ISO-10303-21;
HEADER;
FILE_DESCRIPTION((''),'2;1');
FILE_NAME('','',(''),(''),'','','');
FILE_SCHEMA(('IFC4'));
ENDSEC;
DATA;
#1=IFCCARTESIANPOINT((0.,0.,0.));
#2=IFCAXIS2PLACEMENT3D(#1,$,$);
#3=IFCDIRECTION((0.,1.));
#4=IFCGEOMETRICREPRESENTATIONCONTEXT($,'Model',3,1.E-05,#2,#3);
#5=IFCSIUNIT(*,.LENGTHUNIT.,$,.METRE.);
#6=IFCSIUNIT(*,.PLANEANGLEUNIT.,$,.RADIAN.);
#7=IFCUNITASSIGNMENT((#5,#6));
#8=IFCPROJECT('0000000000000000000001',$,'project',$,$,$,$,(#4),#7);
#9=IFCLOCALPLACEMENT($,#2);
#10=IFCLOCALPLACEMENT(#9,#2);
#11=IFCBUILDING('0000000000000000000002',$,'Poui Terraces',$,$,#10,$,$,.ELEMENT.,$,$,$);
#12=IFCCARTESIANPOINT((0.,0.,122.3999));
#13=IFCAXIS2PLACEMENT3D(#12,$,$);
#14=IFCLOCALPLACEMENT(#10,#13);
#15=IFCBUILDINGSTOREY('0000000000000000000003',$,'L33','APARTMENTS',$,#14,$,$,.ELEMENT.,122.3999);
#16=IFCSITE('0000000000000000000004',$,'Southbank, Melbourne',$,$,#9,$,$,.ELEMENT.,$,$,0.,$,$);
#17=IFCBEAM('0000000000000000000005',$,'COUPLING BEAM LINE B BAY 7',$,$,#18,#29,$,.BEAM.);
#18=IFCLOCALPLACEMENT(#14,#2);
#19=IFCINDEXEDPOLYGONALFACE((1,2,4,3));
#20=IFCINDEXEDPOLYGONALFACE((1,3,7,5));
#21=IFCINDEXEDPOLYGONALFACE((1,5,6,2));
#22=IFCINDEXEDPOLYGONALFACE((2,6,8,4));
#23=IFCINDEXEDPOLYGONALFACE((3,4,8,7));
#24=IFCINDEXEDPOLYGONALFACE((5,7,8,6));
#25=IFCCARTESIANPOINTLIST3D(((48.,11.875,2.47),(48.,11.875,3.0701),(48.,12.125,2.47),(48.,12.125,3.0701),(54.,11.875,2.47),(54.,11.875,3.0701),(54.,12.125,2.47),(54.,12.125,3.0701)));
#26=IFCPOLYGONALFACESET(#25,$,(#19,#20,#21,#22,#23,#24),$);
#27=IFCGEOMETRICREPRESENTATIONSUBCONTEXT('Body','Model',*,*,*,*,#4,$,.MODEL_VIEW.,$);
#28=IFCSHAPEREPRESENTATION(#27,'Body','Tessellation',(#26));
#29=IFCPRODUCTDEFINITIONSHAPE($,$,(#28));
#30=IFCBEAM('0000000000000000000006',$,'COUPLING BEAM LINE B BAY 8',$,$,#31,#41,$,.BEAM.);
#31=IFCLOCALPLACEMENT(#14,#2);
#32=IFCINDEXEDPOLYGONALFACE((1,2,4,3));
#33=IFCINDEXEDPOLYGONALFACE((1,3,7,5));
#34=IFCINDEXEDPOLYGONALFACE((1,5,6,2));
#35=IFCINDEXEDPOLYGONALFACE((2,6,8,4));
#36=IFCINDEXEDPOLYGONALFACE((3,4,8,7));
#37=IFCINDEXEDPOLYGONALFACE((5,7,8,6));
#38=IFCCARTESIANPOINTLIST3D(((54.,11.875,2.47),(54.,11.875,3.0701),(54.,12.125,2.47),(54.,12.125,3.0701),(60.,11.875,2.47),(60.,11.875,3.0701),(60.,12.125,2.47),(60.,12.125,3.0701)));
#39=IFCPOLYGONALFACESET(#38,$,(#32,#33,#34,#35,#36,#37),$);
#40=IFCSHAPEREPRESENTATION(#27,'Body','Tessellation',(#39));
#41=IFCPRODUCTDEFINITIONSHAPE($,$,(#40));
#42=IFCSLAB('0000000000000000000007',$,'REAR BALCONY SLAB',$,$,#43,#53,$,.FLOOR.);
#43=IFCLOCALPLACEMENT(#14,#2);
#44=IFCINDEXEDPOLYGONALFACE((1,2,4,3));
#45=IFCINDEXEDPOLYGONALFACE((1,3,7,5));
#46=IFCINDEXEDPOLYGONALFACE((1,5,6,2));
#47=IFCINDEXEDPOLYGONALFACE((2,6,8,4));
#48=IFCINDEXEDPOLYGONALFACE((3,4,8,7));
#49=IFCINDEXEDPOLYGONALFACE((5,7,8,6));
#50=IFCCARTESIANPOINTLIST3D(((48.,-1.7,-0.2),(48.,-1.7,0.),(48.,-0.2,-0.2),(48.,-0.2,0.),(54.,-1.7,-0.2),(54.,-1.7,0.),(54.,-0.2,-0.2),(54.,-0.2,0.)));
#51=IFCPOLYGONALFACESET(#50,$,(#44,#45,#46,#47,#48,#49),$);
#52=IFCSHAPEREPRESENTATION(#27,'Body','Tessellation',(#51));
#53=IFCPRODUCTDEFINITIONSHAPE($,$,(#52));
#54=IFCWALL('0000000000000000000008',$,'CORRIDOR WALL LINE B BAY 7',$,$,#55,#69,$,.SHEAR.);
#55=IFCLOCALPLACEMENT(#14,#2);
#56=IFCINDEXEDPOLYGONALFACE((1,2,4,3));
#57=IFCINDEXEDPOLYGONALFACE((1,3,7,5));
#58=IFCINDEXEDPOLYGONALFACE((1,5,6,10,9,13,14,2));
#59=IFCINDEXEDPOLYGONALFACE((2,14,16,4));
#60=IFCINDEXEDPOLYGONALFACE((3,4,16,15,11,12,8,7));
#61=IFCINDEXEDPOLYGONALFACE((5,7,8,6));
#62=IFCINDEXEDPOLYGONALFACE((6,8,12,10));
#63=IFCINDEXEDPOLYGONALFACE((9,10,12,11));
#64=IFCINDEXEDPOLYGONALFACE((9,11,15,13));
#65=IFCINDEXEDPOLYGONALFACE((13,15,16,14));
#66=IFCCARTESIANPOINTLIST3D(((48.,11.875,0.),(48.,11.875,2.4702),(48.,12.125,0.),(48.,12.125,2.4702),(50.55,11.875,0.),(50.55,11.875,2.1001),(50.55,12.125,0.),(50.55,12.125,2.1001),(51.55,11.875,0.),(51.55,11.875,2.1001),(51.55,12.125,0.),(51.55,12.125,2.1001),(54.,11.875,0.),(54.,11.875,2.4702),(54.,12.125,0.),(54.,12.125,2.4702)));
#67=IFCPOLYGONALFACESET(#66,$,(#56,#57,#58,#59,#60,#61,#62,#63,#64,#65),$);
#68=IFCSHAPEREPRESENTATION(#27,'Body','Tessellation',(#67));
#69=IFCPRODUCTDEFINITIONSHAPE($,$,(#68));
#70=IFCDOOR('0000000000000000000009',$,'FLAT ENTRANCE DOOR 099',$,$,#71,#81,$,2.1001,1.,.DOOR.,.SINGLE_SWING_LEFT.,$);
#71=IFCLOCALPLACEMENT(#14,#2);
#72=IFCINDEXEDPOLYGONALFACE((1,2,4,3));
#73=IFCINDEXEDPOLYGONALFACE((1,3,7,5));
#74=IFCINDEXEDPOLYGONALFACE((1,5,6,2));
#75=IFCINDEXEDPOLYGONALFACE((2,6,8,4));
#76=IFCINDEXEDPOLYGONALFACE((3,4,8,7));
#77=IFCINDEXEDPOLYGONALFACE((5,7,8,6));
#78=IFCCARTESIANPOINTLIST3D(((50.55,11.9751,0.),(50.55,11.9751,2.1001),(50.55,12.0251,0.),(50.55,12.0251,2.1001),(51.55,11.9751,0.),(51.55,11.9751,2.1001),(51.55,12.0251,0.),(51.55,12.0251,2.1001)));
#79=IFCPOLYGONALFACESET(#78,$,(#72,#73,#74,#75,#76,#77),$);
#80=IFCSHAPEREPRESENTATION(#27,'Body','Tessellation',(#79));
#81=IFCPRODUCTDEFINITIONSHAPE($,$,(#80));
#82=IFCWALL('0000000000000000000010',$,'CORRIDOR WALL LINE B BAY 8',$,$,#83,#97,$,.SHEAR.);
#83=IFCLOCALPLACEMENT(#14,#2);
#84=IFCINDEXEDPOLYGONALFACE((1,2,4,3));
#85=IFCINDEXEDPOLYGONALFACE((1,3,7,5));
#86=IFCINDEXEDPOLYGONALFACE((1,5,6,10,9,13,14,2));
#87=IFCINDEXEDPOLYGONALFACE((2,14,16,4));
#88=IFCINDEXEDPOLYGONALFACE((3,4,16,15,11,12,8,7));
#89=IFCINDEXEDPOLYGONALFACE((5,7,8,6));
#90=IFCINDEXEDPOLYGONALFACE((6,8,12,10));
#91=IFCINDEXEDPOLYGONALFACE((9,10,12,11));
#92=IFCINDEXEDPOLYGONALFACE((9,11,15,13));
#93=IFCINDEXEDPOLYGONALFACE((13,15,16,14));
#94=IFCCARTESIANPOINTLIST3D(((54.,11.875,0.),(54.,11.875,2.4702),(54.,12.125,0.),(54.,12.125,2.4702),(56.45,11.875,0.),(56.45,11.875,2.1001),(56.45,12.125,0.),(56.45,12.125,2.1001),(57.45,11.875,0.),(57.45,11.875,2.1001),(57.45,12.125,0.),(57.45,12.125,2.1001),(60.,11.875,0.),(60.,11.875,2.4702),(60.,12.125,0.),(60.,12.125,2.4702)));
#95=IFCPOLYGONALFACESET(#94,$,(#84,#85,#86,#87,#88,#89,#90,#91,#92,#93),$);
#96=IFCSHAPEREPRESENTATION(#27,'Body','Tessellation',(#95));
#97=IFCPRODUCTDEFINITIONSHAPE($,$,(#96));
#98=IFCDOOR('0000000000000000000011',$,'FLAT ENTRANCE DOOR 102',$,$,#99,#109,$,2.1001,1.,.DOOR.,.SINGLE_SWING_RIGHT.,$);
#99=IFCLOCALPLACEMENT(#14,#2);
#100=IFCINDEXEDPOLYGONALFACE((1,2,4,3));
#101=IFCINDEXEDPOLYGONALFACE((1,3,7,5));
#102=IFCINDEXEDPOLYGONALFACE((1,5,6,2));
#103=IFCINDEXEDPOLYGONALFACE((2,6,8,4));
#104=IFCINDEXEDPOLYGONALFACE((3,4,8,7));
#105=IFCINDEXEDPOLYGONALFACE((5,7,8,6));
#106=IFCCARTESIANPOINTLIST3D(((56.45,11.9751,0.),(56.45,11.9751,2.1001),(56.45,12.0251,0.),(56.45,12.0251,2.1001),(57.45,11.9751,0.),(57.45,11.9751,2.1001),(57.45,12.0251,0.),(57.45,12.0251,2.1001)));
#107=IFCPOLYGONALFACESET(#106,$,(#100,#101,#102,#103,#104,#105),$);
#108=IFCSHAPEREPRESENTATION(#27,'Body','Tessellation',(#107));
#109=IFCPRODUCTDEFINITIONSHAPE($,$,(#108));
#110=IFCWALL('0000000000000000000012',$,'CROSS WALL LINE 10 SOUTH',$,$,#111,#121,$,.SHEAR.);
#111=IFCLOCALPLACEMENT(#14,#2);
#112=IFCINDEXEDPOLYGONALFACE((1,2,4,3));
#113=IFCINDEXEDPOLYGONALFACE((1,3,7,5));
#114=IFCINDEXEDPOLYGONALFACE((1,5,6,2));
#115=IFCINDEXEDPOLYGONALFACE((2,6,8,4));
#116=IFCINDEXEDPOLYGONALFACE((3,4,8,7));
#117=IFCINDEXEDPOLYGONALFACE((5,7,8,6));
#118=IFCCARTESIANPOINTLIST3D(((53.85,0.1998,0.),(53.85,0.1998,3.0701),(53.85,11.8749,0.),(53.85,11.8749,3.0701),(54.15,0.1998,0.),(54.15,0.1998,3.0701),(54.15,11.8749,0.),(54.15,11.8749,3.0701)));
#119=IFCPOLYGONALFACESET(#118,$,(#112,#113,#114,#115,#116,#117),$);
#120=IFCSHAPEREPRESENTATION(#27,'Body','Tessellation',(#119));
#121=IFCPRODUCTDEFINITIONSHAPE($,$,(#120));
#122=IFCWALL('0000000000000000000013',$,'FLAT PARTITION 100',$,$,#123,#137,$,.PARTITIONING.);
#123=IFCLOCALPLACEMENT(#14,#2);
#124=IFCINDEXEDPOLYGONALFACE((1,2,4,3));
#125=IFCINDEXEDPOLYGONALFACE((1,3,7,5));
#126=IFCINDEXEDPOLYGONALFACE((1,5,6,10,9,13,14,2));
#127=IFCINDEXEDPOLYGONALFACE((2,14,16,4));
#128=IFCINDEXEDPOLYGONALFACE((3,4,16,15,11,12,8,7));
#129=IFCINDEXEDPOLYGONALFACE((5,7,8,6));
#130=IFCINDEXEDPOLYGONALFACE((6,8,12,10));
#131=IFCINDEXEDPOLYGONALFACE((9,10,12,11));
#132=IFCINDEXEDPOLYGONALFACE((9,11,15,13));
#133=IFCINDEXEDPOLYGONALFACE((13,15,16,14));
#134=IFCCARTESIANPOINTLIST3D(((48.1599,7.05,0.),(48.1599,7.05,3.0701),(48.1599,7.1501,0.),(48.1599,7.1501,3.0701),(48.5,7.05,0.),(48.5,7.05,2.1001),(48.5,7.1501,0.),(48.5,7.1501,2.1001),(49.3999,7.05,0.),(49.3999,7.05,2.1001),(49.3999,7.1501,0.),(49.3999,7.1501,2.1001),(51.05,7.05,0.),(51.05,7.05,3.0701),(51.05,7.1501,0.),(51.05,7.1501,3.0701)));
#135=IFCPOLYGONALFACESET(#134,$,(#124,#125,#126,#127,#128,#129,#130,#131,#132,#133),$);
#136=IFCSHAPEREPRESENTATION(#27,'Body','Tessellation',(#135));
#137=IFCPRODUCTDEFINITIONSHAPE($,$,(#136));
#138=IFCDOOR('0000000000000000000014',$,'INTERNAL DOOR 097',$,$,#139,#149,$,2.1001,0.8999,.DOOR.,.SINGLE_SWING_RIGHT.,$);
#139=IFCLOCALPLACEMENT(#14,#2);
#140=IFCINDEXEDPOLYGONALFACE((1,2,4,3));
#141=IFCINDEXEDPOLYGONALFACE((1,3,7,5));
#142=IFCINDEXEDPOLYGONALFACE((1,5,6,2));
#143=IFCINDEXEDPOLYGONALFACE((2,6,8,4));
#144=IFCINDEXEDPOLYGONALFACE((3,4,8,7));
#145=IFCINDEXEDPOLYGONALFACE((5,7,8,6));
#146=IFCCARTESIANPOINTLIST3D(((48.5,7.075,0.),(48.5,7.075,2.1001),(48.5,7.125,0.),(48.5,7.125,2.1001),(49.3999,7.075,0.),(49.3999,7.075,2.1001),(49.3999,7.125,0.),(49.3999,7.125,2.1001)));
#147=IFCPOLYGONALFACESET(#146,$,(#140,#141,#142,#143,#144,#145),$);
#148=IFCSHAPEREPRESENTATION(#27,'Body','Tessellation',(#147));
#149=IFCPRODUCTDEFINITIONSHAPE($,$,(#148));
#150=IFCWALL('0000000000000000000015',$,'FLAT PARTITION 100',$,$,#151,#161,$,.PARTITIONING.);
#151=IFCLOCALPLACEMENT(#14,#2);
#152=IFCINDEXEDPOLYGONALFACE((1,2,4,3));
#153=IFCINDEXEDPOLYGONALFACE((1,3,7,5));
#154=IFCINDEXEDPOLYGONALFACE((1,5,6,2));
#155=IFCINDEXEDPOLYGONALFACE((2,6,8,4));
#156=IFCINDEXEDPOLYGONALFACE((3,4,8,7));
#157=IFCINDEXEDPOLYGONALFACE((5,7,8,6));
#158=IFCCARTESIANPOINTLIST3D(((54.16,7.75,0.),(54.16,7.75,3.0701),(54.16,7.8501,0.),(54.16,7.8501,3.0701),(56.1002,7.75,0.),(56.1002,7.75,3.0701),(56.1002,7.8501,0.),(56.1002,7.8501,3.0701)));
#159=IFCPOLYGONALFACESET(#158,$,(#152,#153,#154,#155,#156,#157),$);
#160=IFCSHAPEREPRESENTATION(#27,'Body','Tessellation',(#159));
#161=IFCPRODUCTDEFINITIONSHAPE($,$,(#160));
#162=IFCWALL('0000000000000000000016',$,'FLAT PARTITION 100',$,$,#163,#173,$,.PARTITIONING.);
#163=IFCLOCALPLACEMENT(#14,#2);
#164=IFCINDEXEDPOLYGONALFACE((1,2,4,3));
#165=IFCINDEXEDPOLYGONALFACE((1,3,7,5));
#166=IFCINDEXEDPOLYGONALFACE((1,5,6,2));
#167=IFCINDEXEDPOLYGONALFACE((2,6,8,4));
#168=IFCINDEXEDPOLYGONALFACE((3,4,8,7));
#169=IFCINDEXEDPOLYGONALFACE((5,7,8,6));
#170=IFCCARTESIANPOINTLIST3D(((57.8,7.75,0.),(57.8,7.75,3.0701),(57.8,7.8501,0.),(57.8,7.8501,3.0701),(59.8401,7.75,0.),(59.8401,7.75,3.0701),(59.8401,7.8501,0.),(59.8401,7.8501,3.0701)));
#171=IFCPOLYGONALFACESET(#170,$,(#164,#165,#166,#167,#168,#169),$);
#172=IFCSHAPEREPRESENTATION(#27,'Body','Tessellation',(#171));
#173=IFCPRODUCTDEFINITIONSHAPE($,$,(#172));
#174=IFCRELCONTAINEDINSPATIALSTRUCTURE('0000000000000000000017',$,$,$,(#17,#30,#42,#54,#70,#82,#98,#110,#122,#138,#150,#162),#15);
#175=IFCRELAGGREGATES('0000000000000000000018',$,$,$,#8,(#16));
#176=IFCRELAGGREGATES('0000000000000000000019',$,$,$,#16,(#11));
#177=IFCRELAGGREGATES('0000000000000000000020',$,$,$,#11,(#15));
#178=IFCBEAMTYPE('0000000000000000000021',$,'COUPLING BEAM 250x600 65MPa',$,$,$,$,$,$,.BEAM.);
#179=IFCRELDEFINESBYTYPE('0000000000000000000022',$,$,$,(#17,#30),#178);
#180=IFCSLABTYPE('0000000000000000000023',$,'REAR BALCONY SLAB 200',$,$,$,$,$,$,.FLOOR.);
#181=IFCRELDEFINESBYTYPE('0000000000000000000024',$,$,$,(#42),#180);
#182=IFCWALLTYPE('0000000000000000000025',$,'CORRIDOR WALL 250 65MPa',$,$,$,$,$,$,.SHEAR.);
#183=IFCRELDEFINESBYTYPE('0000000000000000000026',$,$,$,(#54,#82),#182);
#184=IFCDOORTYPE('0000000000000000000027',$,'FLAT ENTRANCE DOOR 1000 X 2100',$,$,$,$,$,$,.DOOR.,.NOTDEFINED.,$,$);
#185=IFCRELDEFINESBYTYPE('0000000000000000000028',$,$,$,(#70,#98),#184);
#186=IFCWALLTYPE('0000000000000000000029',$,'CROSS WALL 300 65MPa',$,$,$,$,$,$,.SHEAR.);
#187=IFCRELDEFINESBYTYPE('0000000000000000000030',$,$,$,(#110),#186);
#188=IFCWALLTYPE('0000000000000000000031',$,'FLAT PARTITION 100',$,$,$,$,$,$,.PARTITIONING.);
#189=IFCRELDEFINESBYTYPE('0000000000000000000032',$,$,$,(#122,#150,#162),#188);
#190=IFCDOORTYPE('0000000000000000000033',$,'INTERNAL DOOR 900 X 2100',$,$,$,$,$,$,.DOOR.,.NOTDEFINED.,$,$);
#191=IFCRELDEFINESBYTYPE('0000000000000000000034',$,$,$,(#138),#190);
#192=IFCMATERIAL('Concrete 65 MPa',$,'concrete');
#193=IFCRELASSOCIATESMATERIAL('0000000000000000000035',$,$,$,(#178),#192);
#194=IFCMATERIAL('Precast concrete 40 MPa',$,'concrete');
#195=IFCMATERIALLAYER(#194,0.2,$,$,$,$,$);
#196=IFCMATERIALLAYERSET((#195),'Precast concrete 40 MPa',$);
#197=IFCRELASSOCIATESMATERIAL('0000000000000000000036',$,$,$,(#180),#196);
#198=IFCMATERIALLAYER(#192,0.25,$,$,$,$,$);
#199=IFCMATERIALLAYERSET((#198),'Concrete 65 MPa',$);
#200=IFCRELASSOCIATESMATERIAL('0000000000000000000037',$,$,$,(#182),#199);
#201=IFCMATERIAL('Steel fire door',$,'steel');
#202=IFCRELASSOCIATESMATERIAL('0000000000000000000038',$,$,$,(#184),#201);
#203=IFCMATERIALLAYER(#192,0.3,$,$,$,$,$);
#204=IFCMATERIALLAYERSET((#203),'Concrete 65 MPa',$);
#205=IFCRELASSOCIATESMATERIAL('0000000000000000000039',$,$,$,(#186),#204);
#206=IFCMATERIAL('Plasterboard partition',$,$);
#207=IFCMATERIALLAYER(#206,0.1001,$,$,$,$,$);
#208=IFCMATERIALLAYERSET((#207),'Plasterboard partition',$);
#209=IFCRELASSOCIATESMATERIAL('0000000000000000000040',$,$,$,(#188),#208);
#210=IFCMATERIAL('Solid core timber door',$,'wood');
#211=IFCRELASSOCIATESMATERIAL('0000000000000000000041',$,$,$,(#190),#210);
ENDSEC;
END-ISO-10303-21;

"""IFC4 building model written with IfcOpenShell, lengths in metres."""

from ifc_helpers import new_model, si_unit, direction, frame, frame_2d, origin, origin_2d, place, context, subcontext, project, spatial, polyline, rectangle, outline, extrude, source, transform, mapped, material, layer, layer_set, material_profile, profile_set, type_object, element, fill, save


model = new_model("IFC4")

# Units and contexts
model_context = context("Model", 3, precision=1e-05, world=origin(), true_north=direction((0.0, 1.0)))
body_context = subcontext(model_context, "Body", "Model", "MODEL_VIEW")
ifc_project = project(units=[si_unit("LENGTHUNIT", "METRE"), si_unit("PLANEANGLEUNIT", "RADIAN")], contexts=[model_context])

# Site, building, storey
site_placement = place(None, origin())
site = spatial("IfcSite", under=ifc_project, at=site_placement, Name="Southbank, Melbourne", CompositionType="ELEMENT", RefElevation=0.0)
building_placement = place(site_placement, origin())
building = spatial("IfcBuilding", under=site, at=building_placement, Name="Poui Terraces", CompositionType="ELEMENT")
storey_placement = place(building_placement, frame((0.0, 0.0, 122.3999)))
storey = spatial("IfcBuildingStorey", under=building, at=storey_placement, Name="L33", Description="APARTMENTS", CompositionType="ELEMENT", Elevation=122.3999)

# Beams
ifc_material_1 = material(Name="Concrete 65 MPa", Category="concrete")
ifc_material_profile_1 = material_profile(ifc_material_1, rectangle(XDim=0.25, YDim=0.6001, at=origin_2d()), Name="RC 250x600")
ifc_profile_set_1 = profile_set([ifc_material_profile_1], Name="Concrete 65 MPa")
beam_type = type_object("IfcBeamType", Name="COUPLING BEAM 250x600 65MPa", PredefinedType="BEAM", material=ifc_profile_set_1)
shared_shape_1 = source(origin(), body_context, "Body", "SweptSolid", [
    extrude(rectangle(XDim=0.25, YDim=0.6001, at=origin_2d()), origin(), (0.0, 0.0, 1.0), 6.0),
])
for number, where, z_axis, x_axis, name in (
    (1, (48.0, 12.0, 2.77), (1.0, 0.0, 0.0), (0.0, 1.0, 0.0), "COUPLING BEAM LINE B BAY 7"),
    (2, (54.0, 12.0, 2.77), (1.0, 0.0, 0.0), (0.0, 1.0, 0.0), "COUPLING BEAM LINE B BAY 8"),
):
    element("IfcBeam", number, at=place(storey_placement, frame(where, z_axis=z_axis, x_axis=x_axis)), inside=storey, type_object=beam_type, Name=name, PredefinedType="BEAM", context=body_context, shape_type="MappedRepresentation", body=[
        mapped(shared_shape_1, transform((0.0, 0.0, 0.0))),
    ])

# Slab
ifc_material_2 = material(Name="Precast concrete 40 MPa", Category="concrete")
ifc_layer_1 = layer(ifc_material_2, 0.2)
ifc_layer_set_1 = layer_set([ifc_layer_1], Name="Precast concrete 40 MPa")
slab_type = type_object("IfcSlabType", Name="REAR BALCONY SLAB 200", PredefinedType="FLOOR", material=ifc_layer_set_1)
shared_shape_2 = source(origin(), body_context, "Body", "SweptSolid", [
    extrude(outline(polyline([(0.0, 0.0), (6.0, 0.0), (6.0, 1.5), (0.0, 1.5), (0.0, 0.0)])), origin(), (0.0, 0.0, 1.0), 0.2),
])
slab_placement = place(storey_placement, frame((48.0, -1.7, -0.2)))
element("IfcSlab", 3, at=slab_placement, inside=storey, type_object=slab_type, Name="REAR BALCONY SLAB", PredefinedType="FLOOR", context=body_context, shape_type="MappedRepresentation", body=[
    mapped(shared_shape_2, transform((0.0, 0.0, 0.0))),
])

# Walls, openings, doors
ifc_layer_2 = layer(ifc_material_1, 0.25)
ifc_layer_set_2 = layer_set([ifc_layer_2], Name="Concrete 65 MPa")
wall_type_1 = type_object("IfcWallType", Name="CORRIDOR WALL 250 65MPa", PredefinedType="SHEAR", material=ifc_layer_set_2)
wall_1_placement = place(storey_placement, frame((48.0, 12.0, 0.0), z_axis=(0.0, 0.0, 1.0), x_axis=(1.0, 0.0, 0.0)))
wall_1 = element("IfcWall", 4, at=wall_1_placement, inside=storey, type_object=wall_type_1, Name="CORRIDOR WALL LINE B BAY 7", PredefinedType="SHEAR", context=body_context, shape_type="SweptSolid", body=[
    extrude(rectangle(XDim=6.0, YDim=0.25, at=frame_2d((3.0, 0.0))), origin(), (0.0, 0.0, 1.0), 2.4702),
])
opening_1_placement = place(wall_1_placement, frame((2.55, 0.0, 0.0)))
opening_1 = element("IfcOpeningElement", 5, at=opening_1_placement, cuts=wall_1, PredefinedType="OPENING", context=body_context, shape_type="SweptSolid", body=[
    extrude(rectangle(XDim=1.0, YDim=2.1001, at=frame_2d((0.5, 1.05))), frame((0.0, 0.135, 0.0), z_axis=(0.0, -1.0, 0.0), x_axis=(1.0, 0.0, 0.0)), (0.0, 0.0, 1.0), 0.27),
])
ifc_material_3 = material(Name="Steel fire door", Category="steel")
door_type_1 = type_object("IfcDoorType", Name="FLAT ENTRANCE DOOR 1000 X 2100", OperationType="NOTDEFINED", PredefinedType="DOOR", material=ifc_material_3)
door_1_placement = place(opening_1_placement, frame((1.0, 0.0, 0.0), z_axis=(0.0, 0.0, 1.0), x_axis=(-1.0, 0.0, 0.0)))
door_1 = element("IfcDoor", 6, at=door_1_placement, inside=storey, type_object=door_type_1, Name="FLAT ENTRANCE DOOR 099", OperationType="SINGLE_SWING_LEFT", OverallHeight=2.1001, OverallWidth=1.0, PredefinedType="DOOR", context=body_context, shape_type="SweptSolid", body=[
    extrude(rectangle(XDim=1.0, YDim=2.1001, at=frame_2d((0.5, 1.05))), frame((0.0, 0.0249, 0.0), z_axis=(0.0, -1.0, 0.0), x_axis=(1.0, 0.0, 0.0)), (0.0, 0.0, 1.0), 0.05),
])
fill(opening_1, door_1)
wall_2_placement = place(storey_placement, frame((54.0, 12.0, 0.0), z_axis=(0.0, 0.0, 1.0), x_axis=(1.0, 0.0, 0.0)))
wall_2 = element("IfcWall", 7, at=wall_2_placement, inside=storey, type_object=wall_type_1, Name="CORRIDOR WALL LINE B BAY 8", PredefinedType="SHEAR", context=body_context, shape_type="SweptSolid", body=[
    extrude(rectangle(XDim=6.0, YDim=0.25, at=frame_2d((3.0, 0.0))), origin(), (0.0, 0.0, 1.0), 2.4702),
])
opening_2_placement = place(wall_2_placement, frame((2.45, 0.0, 0.0)))
opening_2 = element("IfcOpeningElement", 8, at=opening_2_placement, cuts=wall_2, PredefinedType="OPENING", context=body_context, shape_type="SweptSolid", body=[
    extrude(rectangle(XDim=1.0, YDim=2.1001, at=frame_2d((0.5, 1.05))), frame((0.0, 0.135, 0.0), z_axis=(0.0, -1.0, 0.0), x_axis=(1.0, 0.0, 0.0)), (0.0, 0.0, 1.0), 0.27),
])
door_2_placement = place(opening_2_placement, frame((1.0, 0.0, 0.0), z_axis=(0.0, 0.0, 1.0), x_axis=(-1.0, 0.0, 0.0)))
door_2 = element("IfcDoor", 9, at=door_2_placement, inside=storey, type_object=door_type_1, Name="FLAT ENTRANCE DOOR 102", OperationType="SINGLE_SWING_RIGHT", OverallHeight=2.1001, OverallWidth=1.0, PredefinedType="DOOR", context=body_context, shape_type="SweptSolid", body=[
    extrude(rectangle(XDim=1.0, YDim=2.1001, at=frame_2d((0.5, 1.05))), frame((0.0, 0.0249, 0.0), z_axis=(0.0, -1.0, 0.0), x_axis=(1.0, 0.0, 0.0)), (0.0, 0.0, 1.0), 0.05),
])
fill(opening_2, door_2)

# Wall
ifc_layer_3 = layer(ifc_material_1, 0.3)
ifc_layer_set_3 = layer_set([ifc_layer_3], Name="Concrete 65 MPa")
wall_type_2 = type_object("IfcWallType", Name="CROSS WALL 300 65MPa", PredefinedType="SHEAR", material=ifc_layer_set_3)
wall_3_placement = place(storey_placement, frame((54.0, 0.2, 0.0), z_axis=(0.0, 0.0, 1.0), x_axis=(0.0, 1.0, 0.0)))
element("IfcWall", 10, at=wall_3_placement, inside=storey, type_object=wall_type_2, Name="CROSS WALL LINE 10 SOUTH", PredefinedType="SHEAR", context=body_context, shape_type="SweptSolid", body=[
    extrude(rectangle(XDim=11.675, YDim=0.3, at=frame_2d((5.8374, 0.0))), origin(), (0.0, 0.0, 1.0), 3.0701),
])

# Wall, opening, door
ifc_material_4 = material(Name="Plasterboard partition")
ifc_layer_4 = layer(ifc_material_4, 0.1001)
ifc_layer_set_4 = layer_set([ifc_layer_4], Name="Plasterboard partition")
wall_type_3 = type_object("IfcWallType", Name="FLAT PARTITION 100", PredefinedType="PARTITIONING", material=ifc_layer_set_4)
wall_4_placement = place(storey_placement, frame((48.1599, 7.1001, 0.0), z_axis=(0.0, 0.0, 1.0), x_axis=(1.0, 0.0, 0.0)))
wall_4 = element("IfcWall", 11, at=wall_4_placement, inside=storey, type_object=wall_type_3, Name="FLAT PARTITION 100", PredefinedType="PARTITIONING", context=body_context, shape_type="SweptSolid", body=[
    extrude(rectangle(XDim=2.8901, YDim=0.1001, at=frame_2d((1.4451, 0.0))), origin(), (0.0, 0.0, 1.0), 3.0701),
])
opening_3_placement = place(wall_4_placement, frame((0.3401, 0.0, 0.0)))
opening_3 = element("IfcOpeningElement", 12, at=opening_3_placement, cuts=wall_4, PredefinedType="OPENING", context=body_context, shape_type="SweptSolid", body=[
    extrude(rectangle(XDim=0.8999, YDim=2.1001, at=frame_2d((0.45, 1.05))), frame((0.0, 0.0601, 0.0), z_axis=(0.0, -1.0, 0.0), x_axis=(1.0, 0.0, 0.0)), (0.0, 0.0, 1.0), 0.1201),
])
ifc_material_5 = material(Name="Solid core timber door", Category="wood")
door_type_2 = type_object("IfcDoorType", Name="INTERNAL DOOR 900 X 2100", OperationType="NOTDEFINED", PredefinedType="DOOR", material=ifc_material_5)
door_3_placement = place(opening_3_placement, origin())
door_3 = element("IfcDoor", 13, at=door_3_placement, inside=storey, type_object=door_type_2, Name="INTERNAL DOOR 097", OperationType="SINGLE_SWING_RIGHT", OverallHeight=2.1001, OverallWidth=0.8999, PredefinedType="DOOR", context=body_context, shape_type="SweptSolid", body=[
    extrude(rectangle(XDim=0.8999, YDim=2.1001, at=frame_2d((0.45, 1.05))), frame((0.0, 0.0249, 0.0), z_axis=(0.0, -1.0, 0.0), x_axis=(1.0, 0.0, 0.0)), (0.0, 0.0, 1.0), 0.05),
])
fill(opening_3, door_3)

# Walls
wall_5_placement = place(storey_placement, frame((54.1599, 7.8, 0.0), z_axis=(0.0, 0.0, 1.0), x_axis=(1.0, 0.0, 0.0)))
element("IfcWall", 14, at=wall_5_placement, inside=storey, type_object=wall_type_3, Name="FLAT PARTITION 100", PredefinedType="PARTITIONING", context=body_context, shape_type="SweptSolid", body=[
    extrude(rectangle(XDim=1.9402, YDim=0.1001, at=frame_2d((0.9702, 0.0))), origin(), (0.0, 0.0, 1.0), 3.0701),
])
wall_6_placement = place(storey_placement, frame((57.8, 7.8, 0.0), z_axis=(0.0, 0.0, 1.0), x_axis=(1.0, 0.0, 0.0)))
element("IfcWall", 15, at=wall_6_placement, inside=storey, type_object=wall_type_3, Name="FLAT PARTITION 100", PredefinedType="PARTITIONING", context=body_context, shape_type="SweptSolid", body=[
    extrude(rectangle(XDim=2.04, YDim=0.1001, at=frame_2d((1.02, 0.0))), origin(), (0.0, 0.0, 1.0), 3.0701),
])

save(model, "model.ifc")
